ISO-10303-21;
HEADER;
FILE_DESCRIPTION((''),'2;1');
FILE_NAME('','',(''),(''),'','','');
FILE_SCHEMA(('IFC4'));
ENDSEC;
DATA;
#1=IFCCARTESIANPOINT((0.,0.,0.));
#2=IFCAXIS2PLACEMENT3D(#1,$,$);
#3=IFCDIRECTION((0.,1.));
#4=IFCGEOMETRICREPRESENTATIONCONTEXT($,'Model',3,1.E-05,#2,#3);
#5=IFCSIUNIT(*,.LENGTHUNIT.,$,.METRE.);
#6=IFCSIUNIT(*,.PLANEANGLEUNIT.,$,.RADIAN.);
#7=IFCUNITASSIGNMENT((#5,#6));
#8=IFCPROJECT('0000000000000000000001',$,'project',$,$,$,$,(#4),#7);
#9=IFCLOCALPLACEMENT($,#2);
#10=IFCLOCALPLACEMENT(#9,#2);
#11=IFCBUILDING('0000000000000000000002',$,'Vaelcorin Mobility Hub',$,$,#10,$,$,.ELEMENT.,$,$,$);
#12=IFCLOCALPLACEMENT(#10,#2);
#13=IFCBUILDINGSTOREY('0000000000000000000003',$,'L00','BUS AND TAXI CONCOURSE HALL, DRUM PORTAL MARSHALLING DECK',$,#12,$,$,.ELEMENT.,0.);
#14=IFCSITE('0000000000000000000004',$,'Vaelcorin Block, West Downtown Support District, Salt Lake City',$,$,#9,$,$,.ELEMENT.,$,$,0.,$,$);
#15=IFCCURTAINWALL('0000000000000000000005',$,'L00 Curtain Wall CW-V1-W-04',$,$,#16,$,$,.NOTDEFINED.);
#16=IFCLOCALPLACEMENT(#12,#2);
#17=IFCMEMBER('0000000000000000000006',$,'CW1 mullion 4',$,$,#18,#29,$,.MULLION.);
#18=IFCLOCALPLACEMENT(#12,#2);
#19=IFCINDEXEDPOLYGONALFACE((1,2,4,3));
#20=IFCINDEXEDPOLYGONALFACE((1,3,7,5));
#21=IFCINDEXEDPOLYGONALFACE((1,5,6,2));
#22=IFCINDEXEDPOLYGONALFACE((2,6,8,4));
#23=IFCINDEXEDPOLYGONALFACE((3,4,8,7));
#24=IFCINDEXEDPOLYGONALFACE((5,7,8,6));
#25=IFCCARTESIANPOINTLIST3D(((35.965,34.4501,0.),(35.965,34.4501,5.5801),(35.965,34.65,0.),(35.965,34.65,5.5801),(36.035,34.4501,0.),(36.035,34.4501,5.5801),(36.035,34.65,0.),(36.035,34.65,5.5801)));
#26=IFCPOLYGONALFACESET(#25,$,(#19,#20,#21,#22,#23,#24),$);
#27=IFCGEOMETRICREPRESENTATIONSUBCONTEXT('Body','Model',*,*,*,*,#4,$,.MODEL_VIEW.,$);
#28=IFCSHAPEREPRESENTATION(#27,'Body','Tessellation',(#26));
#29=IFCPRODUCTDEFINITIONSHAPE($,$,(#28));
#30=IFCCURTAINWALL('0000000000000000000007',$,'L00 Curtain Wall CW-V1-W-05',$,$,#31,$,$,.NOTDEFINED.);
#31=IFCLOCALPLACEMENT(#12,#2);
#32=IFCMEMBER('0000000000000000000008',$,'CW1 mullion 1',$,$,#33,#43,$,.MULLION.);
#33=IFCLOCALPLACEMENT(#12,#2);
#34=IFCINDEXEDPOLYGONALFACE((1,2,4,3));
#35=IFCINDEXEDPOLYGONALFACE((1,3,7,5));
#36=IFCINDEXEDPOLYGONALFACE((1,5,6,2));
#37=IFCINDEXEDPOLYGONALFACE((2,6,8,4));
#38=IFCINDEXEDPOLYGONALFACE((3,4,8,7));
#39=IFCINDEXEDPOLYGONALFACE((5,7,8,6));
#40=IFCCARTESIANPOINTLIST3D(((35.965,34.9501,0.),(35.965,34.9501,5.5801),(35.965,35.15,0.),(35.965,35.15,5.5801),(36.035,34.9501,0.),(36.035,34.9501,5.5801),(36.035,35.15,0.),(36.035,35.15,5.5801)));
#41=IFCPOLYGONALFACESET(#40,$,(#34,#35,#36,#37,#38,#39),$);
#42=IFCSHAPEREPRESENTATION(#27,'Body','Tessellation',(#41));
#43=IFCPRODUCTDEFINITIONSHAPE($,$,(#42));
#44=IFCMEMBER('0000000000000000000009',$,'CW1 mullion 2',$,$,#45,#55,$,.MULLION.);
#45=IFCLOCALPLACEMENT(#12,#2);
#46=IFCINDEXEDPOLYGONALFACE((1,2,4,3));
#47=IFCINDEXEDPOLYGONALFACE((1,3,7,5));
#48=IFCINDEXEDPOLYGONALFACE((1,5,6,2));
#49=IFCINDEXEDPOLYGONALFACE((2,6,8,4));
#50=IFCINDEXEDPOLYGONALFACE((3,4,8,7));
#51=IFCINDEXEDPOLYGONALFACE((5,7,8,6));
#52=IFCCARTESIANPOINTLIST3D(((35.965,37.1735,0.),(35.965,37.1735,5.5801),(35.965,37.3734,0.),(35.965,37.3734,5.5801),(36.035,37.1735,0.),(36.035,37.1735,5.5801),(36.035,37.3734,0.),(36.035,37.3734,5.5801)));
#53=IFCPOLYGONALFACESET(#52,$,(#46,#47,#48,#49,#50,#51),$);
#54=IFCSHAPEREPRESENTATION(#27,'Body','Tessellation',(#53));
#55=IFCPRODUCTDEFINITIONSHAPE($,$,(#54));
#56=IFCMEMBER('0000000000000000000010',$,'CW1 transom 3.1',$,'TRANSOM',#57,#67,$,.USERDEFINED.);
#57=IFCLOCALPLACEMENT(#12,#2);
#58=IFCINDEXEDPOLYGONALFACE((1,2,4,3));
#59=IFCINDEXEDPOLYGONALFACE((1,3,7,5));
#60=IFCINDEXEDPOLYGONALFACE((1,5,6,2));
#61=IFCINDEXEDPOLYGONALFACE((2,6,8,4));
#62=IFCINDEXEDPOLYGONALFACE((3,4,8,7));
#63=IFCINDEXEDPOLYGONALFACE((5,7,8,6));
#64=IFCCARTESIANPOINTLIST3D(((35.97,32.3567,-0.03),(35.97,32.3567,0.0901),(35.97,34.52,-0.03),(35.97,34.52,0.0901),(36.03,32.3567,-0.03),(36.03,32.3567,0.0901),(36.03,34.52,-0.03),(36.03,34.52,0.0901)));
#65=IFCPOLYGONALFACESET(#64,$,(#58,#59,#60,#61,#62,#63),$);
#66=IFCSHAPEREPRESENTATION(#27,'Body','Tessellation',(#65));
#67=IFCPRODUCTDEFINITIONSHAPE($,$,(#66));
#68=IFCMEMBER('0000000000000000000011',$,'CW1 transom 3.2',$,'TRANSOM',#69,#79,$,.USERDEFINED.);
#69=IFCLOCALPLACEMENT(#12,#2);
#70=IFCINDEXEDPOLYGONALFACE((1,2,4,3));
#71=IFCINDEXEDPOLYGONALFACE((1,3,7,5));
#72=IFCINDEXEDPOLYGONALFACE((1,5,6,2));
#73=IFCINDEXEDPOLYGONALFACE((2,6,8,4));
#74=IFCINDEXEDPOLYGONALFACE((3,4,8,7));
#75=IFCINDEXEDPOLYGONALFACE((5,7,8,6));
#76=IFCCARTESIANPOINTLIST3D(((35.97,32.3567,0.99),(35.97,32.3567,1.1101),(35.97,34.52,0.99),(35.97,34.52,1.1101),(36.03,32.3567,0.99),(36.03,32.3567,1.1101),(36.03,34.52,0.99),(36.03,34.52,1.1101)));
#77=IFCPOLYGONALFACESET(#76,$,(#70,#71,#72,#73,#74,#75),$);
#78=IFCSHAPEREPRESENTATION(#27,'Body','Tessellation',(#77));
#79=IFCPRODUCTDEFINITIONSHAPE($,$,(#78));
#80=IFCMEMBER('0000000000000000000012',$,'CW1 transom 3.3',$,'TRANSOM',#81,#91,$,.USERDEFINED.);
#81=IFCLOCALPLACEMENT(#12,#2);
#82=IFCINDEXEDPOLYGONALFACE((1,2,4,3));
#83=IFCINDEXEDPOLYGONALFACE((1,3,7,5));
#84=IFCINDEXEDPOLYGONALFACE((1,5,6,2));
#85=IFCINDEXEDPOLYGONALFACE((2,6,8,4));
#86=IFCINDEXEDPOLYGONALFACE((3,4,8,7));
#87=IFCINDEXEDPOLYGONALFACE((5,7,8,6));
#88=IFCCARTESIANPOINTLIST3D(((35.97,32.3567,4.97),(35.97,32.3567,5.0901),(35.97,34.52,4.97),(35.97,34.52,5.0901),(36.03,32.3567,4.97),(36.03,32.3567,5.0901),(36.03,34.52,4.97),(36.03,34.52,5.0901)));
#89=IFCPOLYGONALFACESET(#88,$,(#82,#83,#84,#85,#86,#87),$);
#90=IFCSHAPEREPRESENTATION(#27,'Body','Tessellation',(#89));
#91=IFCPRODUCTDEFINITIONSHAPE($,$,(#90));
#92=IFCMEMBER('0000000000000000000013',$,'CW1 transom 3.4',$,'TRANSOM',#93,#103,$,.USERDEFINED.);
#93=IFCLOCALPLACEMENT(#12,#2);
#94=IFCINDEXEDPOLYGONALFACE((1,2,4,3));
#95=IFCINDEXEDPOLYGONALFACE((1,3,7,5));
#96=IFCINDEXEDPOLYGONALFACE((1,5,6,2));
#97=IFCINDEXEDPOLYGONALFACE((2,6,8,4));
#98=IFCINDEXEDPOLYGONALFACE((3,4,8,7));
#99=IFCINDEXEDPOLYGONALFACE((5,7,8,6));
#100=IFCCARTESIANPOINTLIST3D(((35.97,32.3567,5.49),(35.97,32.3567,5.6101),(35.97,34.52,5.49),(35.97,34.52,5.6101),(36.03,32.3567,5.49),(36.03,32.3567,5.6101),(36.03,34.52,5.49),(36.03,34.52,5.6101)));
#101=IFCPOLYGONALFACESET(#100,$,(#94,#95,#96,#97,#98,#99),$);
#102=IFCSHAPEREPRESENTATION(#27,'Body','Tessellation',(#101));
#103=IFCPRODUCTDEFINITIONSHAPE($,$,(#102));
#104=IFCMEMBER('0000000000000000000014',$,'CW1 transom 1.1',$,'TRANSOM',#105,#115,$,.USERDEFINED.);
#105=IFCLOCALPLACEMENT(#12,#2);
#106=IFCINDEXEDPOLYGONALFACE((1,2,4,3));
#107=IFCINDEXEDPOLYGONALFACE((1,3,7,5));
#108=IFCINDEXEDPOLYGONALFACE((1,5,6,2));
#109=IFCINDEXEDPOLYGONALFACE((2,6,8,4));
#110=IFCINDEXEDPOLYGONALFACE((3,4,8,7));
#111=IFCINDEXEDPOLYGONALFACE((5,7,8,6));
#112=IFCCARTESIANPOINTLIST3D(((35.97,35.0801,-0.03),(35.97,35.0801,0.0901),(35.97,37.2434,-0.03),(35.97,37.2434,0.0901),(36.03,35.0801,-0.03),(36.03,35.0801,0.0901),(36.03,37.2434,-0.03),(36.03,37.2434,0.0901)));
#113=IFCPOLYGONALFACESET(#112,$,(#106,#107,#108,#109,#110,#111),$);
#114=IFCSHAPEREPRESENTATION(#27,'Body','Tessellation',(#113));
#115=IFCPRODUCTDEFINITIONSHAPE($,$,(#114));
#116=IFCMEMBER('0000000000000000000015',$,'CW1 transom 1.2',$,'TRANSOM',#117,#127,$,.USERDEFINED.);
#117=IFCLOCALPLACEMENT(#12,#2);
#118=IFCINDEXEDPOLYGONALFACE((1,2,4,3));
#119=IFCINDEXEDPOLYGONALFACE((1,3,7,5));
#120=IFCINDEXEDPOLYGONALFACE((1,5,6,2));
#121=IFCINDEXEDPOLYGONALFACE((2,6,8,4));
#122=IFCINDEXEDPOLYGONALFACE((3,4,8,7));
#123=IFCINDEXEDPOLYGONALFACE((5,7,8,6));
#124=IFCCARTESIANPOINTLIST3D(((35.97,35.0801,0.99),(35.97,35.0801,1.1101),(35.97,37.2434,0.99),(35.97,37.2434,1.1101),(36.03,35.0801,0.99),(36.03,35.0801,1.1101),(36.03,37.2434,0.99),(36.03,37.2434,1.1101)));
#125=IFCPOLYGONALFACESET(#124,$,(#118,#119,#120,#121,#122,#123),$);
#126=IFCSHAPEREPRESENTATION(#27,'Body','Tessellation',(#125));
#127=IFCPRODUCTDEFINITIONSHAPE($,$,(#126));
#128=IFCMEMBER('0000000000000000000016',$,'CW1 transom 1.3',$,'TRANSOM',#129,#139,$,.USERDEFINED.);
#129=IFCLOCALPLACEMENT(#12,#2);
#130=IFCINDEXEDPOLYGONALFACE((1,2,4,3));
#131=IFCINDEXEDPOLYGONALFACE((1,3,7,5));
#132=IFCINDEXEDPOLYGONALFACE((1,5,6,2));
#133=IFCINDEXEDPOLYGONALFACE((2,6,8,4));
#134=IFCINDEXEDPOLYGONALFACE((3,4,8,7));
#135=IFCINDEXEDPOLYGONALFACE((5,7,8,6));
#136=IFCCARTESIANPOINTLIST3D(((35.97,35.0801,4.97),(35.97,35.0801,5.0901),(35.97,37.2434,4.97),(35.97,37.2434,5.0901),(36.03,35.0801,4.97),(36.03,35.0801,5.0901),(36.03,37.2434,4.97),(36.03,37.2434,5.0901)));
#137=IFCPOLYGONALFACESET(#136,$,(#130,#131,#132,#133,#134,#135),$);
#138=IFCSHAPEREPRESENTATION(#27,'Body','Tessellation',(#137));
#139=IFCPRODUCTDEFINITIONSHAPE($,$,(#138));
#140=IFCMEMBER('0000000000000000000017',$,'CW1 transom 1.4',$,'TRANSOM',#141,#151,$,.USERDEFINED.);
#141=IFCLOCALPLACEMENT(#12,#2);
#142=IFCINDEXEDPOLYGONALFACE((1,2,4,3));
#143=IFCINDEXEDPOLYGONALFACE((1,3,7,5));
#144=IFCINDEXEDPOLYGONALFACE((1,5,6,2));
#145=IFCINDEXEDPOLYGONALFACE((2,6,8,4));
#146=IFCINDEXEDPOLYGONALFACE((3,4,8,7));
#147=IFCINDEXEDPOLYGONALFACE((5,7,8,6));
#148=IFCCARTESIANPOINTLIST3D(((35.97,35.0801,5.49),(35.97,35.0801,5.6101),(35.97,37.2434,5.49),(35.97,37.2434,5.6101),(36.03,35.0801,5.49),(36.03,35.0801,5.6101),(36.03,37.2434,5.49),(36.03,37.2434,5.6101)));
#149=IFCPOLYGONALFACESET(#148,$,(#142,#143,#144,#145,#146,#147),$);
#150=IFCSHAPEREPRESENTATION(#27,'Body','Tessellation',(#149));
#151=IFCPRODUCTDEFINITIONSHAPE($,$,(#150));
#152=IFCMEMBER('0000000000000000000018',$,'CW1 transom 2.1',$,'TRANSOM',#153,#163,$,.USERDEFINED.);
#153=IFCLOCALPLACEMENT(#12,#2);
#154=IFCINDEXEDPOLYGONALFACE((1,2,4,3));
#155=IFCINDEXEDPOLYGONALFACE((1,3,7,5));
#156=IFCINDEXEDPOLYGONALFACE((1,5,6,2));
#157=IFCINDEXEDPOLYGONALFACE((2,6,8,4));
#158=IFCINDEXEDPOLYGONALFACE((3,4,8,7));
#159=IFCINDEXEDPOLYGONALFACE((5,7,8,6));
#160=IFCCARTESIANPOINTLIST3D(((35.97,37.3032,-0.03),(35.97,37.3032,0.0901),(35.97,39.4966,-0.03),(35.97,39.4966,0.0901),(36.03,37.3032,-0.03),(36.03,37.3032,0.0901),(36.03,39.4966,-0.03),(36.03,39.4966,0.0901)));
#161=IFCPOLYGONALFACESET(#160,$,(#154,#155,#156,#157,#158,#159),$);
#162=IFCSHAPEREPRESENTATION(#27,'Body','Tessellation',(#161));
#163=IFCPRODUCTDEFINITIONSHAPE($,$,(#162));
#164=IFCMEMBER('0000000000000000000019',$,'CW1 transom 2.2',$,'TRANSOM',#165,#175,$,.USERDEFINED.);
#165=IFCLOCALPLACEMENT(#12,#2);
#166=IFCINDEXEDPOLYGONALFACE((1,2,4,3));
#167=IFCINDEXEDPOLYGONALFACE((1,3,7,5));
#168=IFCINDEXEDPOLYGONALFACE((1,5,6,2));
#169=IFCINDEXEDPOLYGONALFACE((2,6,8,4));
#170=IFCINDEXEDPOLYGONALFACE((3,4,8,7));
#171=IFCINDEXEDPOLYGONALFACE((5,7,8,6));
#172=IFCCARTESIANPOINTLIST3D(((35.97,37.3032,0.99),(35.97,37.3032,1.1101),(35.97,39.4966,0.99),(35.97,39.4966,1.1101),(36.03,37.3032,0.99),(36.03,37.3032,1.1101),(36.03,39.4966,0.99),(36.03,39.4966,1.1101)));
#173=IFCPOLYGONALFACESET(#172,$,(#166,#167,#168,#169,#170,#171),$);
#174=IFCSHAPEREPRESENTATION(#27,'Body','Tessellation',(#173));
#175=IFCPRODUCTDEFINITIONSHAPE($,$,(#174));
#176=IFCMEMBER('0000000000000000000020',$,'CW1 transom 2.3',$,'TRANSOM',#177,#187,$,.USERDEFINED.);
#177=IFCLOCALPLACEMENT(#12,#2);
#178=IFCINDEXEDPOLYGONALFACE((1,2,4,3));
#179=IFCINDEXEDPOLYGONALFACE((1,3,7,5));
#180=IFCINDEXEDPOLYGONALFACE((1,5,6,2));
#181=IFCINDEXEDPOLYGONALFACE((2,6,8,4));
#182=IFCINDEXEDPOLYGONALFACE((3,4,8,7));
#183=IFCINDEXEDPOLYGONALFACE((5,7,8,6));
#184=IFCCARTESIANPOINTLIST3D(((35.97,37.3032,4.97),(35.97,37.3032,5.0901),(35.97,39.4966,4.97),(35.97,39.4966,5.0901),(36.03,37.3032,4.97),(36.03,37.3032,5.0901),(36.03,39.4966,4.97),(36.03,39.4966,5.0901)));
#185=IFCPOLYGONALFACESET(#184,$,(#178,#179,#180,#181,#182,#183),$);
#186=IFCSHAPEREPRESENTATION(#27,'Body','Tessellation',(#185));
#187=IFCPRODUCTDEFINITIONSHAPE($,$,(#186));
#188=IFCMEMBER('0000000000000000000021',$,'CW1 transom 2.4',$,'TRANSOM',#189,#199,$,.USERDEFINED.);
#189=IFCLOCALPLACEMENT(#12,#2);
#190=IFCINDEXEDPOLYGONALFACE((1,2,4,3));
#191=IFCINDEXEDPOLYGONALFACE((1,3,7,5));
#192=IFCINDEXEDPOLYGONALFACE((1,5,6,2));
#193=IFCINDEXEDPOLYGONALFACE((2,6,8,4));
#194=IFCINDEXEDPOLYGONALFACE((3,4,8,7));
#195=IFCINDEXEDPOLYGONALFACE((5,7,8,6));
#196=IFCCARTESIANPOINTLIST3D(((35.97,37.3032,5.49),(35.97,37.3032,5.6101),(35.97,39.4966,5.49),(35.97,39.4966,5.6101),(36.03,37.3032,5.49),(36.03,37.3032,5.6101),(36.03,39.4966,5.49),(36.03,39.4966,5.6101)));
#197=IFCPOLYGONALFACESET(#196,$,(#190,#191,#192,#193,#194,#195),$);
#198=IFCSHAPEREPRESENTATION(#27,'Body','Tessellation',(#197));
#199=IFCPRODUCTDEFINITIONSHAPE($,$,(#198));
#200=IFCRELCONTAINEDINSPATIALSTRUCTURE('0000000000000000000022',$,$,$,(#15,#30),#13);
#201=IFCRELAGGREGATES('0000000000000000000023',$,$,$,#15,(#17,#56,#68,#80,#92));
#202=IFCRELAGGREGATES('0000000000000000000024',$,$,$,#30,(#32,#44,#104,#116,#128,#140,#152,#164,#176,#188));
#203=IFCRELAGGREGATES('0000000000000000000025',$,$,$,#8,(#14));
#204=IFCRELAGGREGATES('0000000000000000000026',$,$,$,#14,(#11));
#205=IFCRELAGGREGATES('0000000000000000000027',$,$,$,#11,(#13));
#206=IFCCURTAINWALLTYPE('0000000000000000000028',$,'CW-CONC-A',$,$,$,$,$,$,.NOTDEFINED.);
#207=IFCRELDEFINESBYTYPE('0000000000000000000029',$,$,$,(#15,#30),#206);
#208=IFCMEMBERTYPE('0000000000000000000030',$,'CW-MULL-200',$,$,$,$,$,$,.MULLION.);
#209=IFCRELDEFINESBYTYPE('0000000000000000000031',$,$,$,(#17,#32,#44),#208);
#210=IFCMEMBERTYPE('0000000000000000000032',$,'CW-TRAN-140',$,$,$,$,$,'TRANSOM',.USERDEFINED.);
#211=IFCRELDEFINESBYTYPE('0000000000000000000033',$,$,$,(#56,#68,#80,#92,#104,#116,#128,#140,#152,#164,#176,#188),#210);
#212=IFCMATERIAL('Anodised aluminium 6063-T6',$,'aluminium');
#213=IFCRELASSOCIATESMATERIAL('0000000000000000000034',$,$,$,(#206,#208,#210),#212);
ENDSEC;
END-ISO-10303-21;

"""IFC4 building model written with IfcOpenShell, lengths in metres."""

from ifc_helpers import new_model, si_unit, direction, frame, origin, origin_2d, place, context, subcontext, project, spatial, rectangle, extrude, material, material_profile, profile_set, type_object, element, aggregate, save


model = new_model("IFC4")

# Units and contexts
model_context = context("Model", 3, precision=1e-05, world=origin(), true_north=direction((0.0, 1.0)))
body_context = subcontext(model_context, "Body", "Model", "MODEL_VIEW")
ifc_project = project(units=[si_unit("LENGTHUNIT", "METRE"), si_unit("PLANEANGLEUNIT", "RADIAN")], contexts=[model_context])

# Site, building, storey
site_placement = place(None, origin())
site = spatial("IfcSite", under=ifc_project, at=site_placement, Name="Vaelcorin Block, West Downtown Support District, Salt Lake City", CompositionType="ELEMENT", RefElevation=0.0)
building_placement = place(site_placement, origin())
building = spatial("IfcBuilding", under=site, at=building_placement, Name="Vaelcorin Mobility Hub", CompositionType="ELEMENT")
storey_placement = place(building_placement, origin())
storey = spatial("IfcBuildingStorey", under=building, at=storey_placement, Name="L00", Description="BUS AND TAXI CONCOURSE HALL, DRUM PORTAL MARSHALLING DECK", CompositionType="ELEMENT", Elevation=0.0)

# Curtain wall, member
ifc_material_1 = material(Name="Anodised aluminium 6063-T6", Category="aluminium")
curtain_wall_type = type_object("IfcCurtainWallType", Name="CW-CONC-A", PredefinedType="NOTDEFINED", material=ifc_material_1)
curtain_wall_1_placement = place(storey_placement, origin())
curtain_wall_1 = element("IfcCurtainWall", 1, at=curtain_wall_1_placement, inside=storey, type_object=curtain_wall_type, Name="L00 Curtain Wall CW-V1-W-04", PredefinedType="NOTDEFINED")
ifc_material_profile_1 = material_profile(ifc_material_1, rectangle(XDim=0.0701, YDim=0.2, at=origin_2d()), Name="ALU-M70X200")
ifc_profile_set_1 = profile_set([ifc_material_profile_1], Name="Anodised aluminium 6063-T6")
member_type_1 = type_object("IfcMemberType", Name="CW-MULL-200", PredefinedType="MULLION", material=ifc_profile_set_1)
member_1_placement = place(storey_placement, frame((36.0, 34.55, 0.0), z_axis=(0.0, 0.0, 1.0), x_axis=(-1.0, 0.0, 0.0)))
member_1 = element("IfcMember", 2, at=member_1_placement, type_object=member_type_1, Name="CW1 mullion 4", PredefinedType="MULLION", context=body_context, shape_type="SweptSolid", body=[
    extrude(rectangle(XDim=0.0701, YDim=0.2, at=origin_2d()), origin(), (0.0, 0.0, 1.0), 5.5801),
])

# Curtain wall, members
curtain_wall_2_placement = place(storey_placement, origin())
curtain_wall_2 = element("IfcCurtainWall", 3, at=curtain_wall_2_placement, inside=storey, type_object=curtain_wall_type, Name="L00 Curtain Wall CW-V1-W-05", PredefinedType="NOTDEFINED")
member_2_placement = place(storey_placement, frame((36.0, 35.05, 0.0), z_axis=(0.0, 0.0, 1.0), x_axis=(-1.0, 0.0, 0.0)))
member_2 = element("IfcMember", 4, at=member_2_placement, type_object=member_type_1, Name="CW1 mullion 1", PredefinedType="MULLION", context=body_context, shape_type="SweptSolid", body=[
    extrude(rectangle(XDim=0.0701, YDim=0.2, at=origin_2d()), origin(), (0.0, 0.0, 1.0), 5.5801),
])
member_3_placement = place(storey_placement, frame((36.0, 37.2734, 0.0), z_axis=(0.0, 0.0, 1.0), x_axis=(-1.0, 0.0, 0.0)))
member_3 = element("IfcMember", 5, at=member_3_placement, type_object=member_type_1, Name="CW1 mullion 2", PredefinedType="MULLION", context=body_context, shape_type="SweptSolid", body=[
    extrude(rectangle(XDim=0.0701, YDim=0.2, at=origin_2d()), origin(), (0.0, 0.0, 1.0), 5.5801),
])

# Members
ifc_material_profile_2 = material_profile(ifc_material_1, rectangle(XDim=0.0601, YDim=0.1201, at=origin_2d()), Name="ALU-T60X120")
ifc_profile_set_2 = profile_set([ifc_material_profile_2], Name="Anodised aluminium 6063-T6")
member_type_2 = type_object("IfcMemberType", Name="CW-TRAN-140", ElementType="TRANSOM", PredefinedType="USERDEFINED", material=ifc_profile_set_2)
member_4_placement = place(storey_placement, frame((36.0, 32.3567, 0.03), z_axis=(0.0, 1.0, 0.0), x_axis=(-1.0, 0.0, 0.0)))
member_4 = element("IfcMember", 6, at=member_4_placement, type_object=member_type_2, Name="CW1 transom 3.1", ObjectType="TRANSOM", PredefinedType="USERDEFINED", context=body_context, shape_type="SweptSolid", body=[
    extrude(rectangle(XDim=0.0601, YDim=0.1201, at=origin_2d()), origin(), (0.0, 0.0, 1.0), 2.1633),
])
member_5_placement = place(storey_placement, frame((36.0, 32.3567, 1.05), z_axis=(0.0, 1.0, 0.0), x_axis=(-1.0, 0.0, 0.0)))
member_5 = element("IfcMember", 7, at=member_5_placement, type_object=member_type_2, Name="CW1 transom 3.2", ObjectType="TRANSOM", PredefinedType="USERDEFINED", context=body_context, shape_type="SweptSolid", body=[
    extrude(rectangle(XDim=0.0601, YDim=0.1201, at=origin_2d()), origin(), (0.0, 0.0, 1.0), 2.1633),
])
member_6_placement = place(storey_placement, frame((36.0, 32.3567, 5.03), z_axis=(0.0, 1.0, 0.0), x_axis=(-1.0, 0.0, 0.0)))
member_6 = element("IfcMember", 8, at=member_6_placement, type_object=member_type_2, Name="CW1 transom 3.3", ObjectType="TRANSOM", PredefinedType="USERDEFINED", context=body_context, shape_type="SweptSolid", body=[
    extrude(rectangle(XDim=0.0601, YDim=0.1201, at=origin_2d()), origin(), (0.0, 0.0, 1.0), 2.1633),
])
member_7_placement = place(storey_placement, frame((36.0, 32.3567, 5.55), z_axis=(0.0, 1.0, 0.0), x_axis=(-1.0, 0.0, 0.0)))
member_7 = element("IfcMember", 9, at=member_7_placement, type_object=member_type_2, Name="CW1 transom 3.4", ObjectType="TRANSOM", PredefinedType="USERDEFINED", context=body_context, shape_type="SweptSolid", body=[
    extrude(rectangle(XDim=0.0601, YDim=0.1201, at=origin_2d()), origin(), (0.0, 0.0, 1.0), 2.1633),
])
member_8_placement = place(storey_placement, frame((36.0, 35.0801, 0.03), z_axis=(0.0, 1.0, 0.0), x_axis=(-1.0, 0.0, 0.0)))
member_8 = element("IfcMember", 10, at=member_8_placement, type_object=member_type_2, Name="CW1 transom 1.1", ObjectType="TRANSOM", PredefinedType="USERDEFINED", context=body_context, shape_type="SweptSolid", body=[
    extrude(rectangle(XDim=0.0601, YDim=0.1201, at=origin_2d()), origin(), (0.0, 0.0, 1.0), 2.1633),
])
member_9_placement = place(storey_placement, frame((36.0, 35.0801, 1.05), z_axis=(0.0, 1.0, 0.0), x_axis=(-1.0, 0.0, 0.0)))
member_9 = element("IfcMember", 11, at=member_9_placement, type_object=member_type_2, Name="CW1 transom 1.2", ObjectType="TRANSOM", PredefinedType="USERDEFINED", context=body_context, shape_type="SweptSolid", body=[
    extrude(rectangle(XDim=0.0601, YDim=0.1201, at=origin_2d()), origin(), (0.0, 0.0, 1.0), 2.1633),
])
member_10_placement = place(storey_placement, frame((36.0, 35.0801, 5.03), z_axis=(0.0, 1.0, 0.0), x_axis=(-1.0, 0.0, 0.0)))
member_10 = element("IfcMember", 12, at=member_10_placement, type_object=member_type_2, Name="CW1 transom 1.3", ObjectType="TRANSOM", PredefinedType="USERDEFINED", context=body_context, shape_type="SweptSolid", body=[
    extrude(rectangle(XDim=0.0601, YDim=0.1201, at=origin_2d()), origin(), (0.0, 0.0, 1.0), 2.1633),
])
member_11_placement = place(storey_placement, frame((36.0, 35.0801, 5.55), z_axis=(0.0, 1.0, 0.0), x_axis=(-1.0, 0.0, 0.0)))
member_11 = element("IfcMember", 13, at=member_11_placement, type_object=member_type_2, Name="CW1 transom 1.4", ObjectType="TRANSOM", PredefinedType="USERDEFINED", context=body_context, shape_type="SweptSolid", body=[
    extrude(rectangle(XDim=0.0601, YDim=0.1201, at=origin_2d()), origin(), (0.0, 0.0, 1.0), 2.1633),
])
member_12_placement = place(storey_placement, frame((36.0, 37.3032, 0.03), z_axis=(0.0, 1.0, 0.0), x_axis=(-1.0, 0.0, 0.0)))
member_12 = element("IfcMember", 14, at=member_12_placement, type_object=member_type_2, Name="CW1 transom 2.1", ObjectType="TRANSOM", PredefinedType="USERDEFINED", context=body_context, shape_type="SweptSolid", body=[
    extrude(rectangle(XDim=0.0601, YDim=0.1201, at=origin_2d()), origin(), (0.0, 0.0, 1.0), 2.1934),
])
member_13_placement = place(storey_placement, frame((36.0, 37.3032, 1.05), z_axis=(0.0, 1.0, 0.0), x_axis=(-1.0, 0.0, 0.0)))
member_13 = element("IfcMember", 15, at=member_13_placement, type_object=member_type_2, Name="CW1 transom 2.2", ObjectType="TRANSOM", PredefinedType="USERDEFINED", context=body_context, shape_type="SweptSolid", body=[
    extrude(rectangle(XDim=0.0601, YDim=0.1201, at=origin_2d()), origin(), (0.0, 0.0, 1.0), 2.1934),
])
member_14_placement = place(storey_placement, frame((36.0, 37.3032, 5.03), z_axis=(0.0, 1.0, 0.0), x_axis=(-1.0, 0.0, 0.0)))
member_14 = element("IfcMember", 16, at=member_14_placement, type_object=member_type_2, Name="CW1 transom 2.3", ObjectType="TRANSOM", PredefinedType="USERDEFINED", context=body_context, shape_type="SweptSolid", body=[
    extrude(rectangle(XDim=0.0601, YDim=0.1201, at=origin_2d()), origin(), (0.0, 0.0, 1.0), 2.1934),
])
member_15_placement = place(storey_placement, frame((36.0, 37.3032, 5.55), z_axis=(0.0, 1.0, 0.0), x_axis=(-1.0, 0.0, 0.0)))
member_15 = element("IfcMember", 17, at=member_15_placement, type_object=member_type_2, Name="CW1 transom 2.4", ObjectType="TRANSOM", PredefinedType="USERDEFINED", context=body_context, shape_type="SweptSolid", body=[
    extrude(rectangle(XDim=0.0601, YDim=0.1201, at=origin_2d()), origin(), (0.0, 0.0, 1.0), 2.1934),
])

aggregate(curtain_wall_1, [member_1, member_4, member_5, member_6, member_7])
aggregate(curtain_wall_2, [member_2, member_3, member_8, member_9, member_10, member_11, member_12, member_13, member_14, member_15])

save(model, "model.ifc")
